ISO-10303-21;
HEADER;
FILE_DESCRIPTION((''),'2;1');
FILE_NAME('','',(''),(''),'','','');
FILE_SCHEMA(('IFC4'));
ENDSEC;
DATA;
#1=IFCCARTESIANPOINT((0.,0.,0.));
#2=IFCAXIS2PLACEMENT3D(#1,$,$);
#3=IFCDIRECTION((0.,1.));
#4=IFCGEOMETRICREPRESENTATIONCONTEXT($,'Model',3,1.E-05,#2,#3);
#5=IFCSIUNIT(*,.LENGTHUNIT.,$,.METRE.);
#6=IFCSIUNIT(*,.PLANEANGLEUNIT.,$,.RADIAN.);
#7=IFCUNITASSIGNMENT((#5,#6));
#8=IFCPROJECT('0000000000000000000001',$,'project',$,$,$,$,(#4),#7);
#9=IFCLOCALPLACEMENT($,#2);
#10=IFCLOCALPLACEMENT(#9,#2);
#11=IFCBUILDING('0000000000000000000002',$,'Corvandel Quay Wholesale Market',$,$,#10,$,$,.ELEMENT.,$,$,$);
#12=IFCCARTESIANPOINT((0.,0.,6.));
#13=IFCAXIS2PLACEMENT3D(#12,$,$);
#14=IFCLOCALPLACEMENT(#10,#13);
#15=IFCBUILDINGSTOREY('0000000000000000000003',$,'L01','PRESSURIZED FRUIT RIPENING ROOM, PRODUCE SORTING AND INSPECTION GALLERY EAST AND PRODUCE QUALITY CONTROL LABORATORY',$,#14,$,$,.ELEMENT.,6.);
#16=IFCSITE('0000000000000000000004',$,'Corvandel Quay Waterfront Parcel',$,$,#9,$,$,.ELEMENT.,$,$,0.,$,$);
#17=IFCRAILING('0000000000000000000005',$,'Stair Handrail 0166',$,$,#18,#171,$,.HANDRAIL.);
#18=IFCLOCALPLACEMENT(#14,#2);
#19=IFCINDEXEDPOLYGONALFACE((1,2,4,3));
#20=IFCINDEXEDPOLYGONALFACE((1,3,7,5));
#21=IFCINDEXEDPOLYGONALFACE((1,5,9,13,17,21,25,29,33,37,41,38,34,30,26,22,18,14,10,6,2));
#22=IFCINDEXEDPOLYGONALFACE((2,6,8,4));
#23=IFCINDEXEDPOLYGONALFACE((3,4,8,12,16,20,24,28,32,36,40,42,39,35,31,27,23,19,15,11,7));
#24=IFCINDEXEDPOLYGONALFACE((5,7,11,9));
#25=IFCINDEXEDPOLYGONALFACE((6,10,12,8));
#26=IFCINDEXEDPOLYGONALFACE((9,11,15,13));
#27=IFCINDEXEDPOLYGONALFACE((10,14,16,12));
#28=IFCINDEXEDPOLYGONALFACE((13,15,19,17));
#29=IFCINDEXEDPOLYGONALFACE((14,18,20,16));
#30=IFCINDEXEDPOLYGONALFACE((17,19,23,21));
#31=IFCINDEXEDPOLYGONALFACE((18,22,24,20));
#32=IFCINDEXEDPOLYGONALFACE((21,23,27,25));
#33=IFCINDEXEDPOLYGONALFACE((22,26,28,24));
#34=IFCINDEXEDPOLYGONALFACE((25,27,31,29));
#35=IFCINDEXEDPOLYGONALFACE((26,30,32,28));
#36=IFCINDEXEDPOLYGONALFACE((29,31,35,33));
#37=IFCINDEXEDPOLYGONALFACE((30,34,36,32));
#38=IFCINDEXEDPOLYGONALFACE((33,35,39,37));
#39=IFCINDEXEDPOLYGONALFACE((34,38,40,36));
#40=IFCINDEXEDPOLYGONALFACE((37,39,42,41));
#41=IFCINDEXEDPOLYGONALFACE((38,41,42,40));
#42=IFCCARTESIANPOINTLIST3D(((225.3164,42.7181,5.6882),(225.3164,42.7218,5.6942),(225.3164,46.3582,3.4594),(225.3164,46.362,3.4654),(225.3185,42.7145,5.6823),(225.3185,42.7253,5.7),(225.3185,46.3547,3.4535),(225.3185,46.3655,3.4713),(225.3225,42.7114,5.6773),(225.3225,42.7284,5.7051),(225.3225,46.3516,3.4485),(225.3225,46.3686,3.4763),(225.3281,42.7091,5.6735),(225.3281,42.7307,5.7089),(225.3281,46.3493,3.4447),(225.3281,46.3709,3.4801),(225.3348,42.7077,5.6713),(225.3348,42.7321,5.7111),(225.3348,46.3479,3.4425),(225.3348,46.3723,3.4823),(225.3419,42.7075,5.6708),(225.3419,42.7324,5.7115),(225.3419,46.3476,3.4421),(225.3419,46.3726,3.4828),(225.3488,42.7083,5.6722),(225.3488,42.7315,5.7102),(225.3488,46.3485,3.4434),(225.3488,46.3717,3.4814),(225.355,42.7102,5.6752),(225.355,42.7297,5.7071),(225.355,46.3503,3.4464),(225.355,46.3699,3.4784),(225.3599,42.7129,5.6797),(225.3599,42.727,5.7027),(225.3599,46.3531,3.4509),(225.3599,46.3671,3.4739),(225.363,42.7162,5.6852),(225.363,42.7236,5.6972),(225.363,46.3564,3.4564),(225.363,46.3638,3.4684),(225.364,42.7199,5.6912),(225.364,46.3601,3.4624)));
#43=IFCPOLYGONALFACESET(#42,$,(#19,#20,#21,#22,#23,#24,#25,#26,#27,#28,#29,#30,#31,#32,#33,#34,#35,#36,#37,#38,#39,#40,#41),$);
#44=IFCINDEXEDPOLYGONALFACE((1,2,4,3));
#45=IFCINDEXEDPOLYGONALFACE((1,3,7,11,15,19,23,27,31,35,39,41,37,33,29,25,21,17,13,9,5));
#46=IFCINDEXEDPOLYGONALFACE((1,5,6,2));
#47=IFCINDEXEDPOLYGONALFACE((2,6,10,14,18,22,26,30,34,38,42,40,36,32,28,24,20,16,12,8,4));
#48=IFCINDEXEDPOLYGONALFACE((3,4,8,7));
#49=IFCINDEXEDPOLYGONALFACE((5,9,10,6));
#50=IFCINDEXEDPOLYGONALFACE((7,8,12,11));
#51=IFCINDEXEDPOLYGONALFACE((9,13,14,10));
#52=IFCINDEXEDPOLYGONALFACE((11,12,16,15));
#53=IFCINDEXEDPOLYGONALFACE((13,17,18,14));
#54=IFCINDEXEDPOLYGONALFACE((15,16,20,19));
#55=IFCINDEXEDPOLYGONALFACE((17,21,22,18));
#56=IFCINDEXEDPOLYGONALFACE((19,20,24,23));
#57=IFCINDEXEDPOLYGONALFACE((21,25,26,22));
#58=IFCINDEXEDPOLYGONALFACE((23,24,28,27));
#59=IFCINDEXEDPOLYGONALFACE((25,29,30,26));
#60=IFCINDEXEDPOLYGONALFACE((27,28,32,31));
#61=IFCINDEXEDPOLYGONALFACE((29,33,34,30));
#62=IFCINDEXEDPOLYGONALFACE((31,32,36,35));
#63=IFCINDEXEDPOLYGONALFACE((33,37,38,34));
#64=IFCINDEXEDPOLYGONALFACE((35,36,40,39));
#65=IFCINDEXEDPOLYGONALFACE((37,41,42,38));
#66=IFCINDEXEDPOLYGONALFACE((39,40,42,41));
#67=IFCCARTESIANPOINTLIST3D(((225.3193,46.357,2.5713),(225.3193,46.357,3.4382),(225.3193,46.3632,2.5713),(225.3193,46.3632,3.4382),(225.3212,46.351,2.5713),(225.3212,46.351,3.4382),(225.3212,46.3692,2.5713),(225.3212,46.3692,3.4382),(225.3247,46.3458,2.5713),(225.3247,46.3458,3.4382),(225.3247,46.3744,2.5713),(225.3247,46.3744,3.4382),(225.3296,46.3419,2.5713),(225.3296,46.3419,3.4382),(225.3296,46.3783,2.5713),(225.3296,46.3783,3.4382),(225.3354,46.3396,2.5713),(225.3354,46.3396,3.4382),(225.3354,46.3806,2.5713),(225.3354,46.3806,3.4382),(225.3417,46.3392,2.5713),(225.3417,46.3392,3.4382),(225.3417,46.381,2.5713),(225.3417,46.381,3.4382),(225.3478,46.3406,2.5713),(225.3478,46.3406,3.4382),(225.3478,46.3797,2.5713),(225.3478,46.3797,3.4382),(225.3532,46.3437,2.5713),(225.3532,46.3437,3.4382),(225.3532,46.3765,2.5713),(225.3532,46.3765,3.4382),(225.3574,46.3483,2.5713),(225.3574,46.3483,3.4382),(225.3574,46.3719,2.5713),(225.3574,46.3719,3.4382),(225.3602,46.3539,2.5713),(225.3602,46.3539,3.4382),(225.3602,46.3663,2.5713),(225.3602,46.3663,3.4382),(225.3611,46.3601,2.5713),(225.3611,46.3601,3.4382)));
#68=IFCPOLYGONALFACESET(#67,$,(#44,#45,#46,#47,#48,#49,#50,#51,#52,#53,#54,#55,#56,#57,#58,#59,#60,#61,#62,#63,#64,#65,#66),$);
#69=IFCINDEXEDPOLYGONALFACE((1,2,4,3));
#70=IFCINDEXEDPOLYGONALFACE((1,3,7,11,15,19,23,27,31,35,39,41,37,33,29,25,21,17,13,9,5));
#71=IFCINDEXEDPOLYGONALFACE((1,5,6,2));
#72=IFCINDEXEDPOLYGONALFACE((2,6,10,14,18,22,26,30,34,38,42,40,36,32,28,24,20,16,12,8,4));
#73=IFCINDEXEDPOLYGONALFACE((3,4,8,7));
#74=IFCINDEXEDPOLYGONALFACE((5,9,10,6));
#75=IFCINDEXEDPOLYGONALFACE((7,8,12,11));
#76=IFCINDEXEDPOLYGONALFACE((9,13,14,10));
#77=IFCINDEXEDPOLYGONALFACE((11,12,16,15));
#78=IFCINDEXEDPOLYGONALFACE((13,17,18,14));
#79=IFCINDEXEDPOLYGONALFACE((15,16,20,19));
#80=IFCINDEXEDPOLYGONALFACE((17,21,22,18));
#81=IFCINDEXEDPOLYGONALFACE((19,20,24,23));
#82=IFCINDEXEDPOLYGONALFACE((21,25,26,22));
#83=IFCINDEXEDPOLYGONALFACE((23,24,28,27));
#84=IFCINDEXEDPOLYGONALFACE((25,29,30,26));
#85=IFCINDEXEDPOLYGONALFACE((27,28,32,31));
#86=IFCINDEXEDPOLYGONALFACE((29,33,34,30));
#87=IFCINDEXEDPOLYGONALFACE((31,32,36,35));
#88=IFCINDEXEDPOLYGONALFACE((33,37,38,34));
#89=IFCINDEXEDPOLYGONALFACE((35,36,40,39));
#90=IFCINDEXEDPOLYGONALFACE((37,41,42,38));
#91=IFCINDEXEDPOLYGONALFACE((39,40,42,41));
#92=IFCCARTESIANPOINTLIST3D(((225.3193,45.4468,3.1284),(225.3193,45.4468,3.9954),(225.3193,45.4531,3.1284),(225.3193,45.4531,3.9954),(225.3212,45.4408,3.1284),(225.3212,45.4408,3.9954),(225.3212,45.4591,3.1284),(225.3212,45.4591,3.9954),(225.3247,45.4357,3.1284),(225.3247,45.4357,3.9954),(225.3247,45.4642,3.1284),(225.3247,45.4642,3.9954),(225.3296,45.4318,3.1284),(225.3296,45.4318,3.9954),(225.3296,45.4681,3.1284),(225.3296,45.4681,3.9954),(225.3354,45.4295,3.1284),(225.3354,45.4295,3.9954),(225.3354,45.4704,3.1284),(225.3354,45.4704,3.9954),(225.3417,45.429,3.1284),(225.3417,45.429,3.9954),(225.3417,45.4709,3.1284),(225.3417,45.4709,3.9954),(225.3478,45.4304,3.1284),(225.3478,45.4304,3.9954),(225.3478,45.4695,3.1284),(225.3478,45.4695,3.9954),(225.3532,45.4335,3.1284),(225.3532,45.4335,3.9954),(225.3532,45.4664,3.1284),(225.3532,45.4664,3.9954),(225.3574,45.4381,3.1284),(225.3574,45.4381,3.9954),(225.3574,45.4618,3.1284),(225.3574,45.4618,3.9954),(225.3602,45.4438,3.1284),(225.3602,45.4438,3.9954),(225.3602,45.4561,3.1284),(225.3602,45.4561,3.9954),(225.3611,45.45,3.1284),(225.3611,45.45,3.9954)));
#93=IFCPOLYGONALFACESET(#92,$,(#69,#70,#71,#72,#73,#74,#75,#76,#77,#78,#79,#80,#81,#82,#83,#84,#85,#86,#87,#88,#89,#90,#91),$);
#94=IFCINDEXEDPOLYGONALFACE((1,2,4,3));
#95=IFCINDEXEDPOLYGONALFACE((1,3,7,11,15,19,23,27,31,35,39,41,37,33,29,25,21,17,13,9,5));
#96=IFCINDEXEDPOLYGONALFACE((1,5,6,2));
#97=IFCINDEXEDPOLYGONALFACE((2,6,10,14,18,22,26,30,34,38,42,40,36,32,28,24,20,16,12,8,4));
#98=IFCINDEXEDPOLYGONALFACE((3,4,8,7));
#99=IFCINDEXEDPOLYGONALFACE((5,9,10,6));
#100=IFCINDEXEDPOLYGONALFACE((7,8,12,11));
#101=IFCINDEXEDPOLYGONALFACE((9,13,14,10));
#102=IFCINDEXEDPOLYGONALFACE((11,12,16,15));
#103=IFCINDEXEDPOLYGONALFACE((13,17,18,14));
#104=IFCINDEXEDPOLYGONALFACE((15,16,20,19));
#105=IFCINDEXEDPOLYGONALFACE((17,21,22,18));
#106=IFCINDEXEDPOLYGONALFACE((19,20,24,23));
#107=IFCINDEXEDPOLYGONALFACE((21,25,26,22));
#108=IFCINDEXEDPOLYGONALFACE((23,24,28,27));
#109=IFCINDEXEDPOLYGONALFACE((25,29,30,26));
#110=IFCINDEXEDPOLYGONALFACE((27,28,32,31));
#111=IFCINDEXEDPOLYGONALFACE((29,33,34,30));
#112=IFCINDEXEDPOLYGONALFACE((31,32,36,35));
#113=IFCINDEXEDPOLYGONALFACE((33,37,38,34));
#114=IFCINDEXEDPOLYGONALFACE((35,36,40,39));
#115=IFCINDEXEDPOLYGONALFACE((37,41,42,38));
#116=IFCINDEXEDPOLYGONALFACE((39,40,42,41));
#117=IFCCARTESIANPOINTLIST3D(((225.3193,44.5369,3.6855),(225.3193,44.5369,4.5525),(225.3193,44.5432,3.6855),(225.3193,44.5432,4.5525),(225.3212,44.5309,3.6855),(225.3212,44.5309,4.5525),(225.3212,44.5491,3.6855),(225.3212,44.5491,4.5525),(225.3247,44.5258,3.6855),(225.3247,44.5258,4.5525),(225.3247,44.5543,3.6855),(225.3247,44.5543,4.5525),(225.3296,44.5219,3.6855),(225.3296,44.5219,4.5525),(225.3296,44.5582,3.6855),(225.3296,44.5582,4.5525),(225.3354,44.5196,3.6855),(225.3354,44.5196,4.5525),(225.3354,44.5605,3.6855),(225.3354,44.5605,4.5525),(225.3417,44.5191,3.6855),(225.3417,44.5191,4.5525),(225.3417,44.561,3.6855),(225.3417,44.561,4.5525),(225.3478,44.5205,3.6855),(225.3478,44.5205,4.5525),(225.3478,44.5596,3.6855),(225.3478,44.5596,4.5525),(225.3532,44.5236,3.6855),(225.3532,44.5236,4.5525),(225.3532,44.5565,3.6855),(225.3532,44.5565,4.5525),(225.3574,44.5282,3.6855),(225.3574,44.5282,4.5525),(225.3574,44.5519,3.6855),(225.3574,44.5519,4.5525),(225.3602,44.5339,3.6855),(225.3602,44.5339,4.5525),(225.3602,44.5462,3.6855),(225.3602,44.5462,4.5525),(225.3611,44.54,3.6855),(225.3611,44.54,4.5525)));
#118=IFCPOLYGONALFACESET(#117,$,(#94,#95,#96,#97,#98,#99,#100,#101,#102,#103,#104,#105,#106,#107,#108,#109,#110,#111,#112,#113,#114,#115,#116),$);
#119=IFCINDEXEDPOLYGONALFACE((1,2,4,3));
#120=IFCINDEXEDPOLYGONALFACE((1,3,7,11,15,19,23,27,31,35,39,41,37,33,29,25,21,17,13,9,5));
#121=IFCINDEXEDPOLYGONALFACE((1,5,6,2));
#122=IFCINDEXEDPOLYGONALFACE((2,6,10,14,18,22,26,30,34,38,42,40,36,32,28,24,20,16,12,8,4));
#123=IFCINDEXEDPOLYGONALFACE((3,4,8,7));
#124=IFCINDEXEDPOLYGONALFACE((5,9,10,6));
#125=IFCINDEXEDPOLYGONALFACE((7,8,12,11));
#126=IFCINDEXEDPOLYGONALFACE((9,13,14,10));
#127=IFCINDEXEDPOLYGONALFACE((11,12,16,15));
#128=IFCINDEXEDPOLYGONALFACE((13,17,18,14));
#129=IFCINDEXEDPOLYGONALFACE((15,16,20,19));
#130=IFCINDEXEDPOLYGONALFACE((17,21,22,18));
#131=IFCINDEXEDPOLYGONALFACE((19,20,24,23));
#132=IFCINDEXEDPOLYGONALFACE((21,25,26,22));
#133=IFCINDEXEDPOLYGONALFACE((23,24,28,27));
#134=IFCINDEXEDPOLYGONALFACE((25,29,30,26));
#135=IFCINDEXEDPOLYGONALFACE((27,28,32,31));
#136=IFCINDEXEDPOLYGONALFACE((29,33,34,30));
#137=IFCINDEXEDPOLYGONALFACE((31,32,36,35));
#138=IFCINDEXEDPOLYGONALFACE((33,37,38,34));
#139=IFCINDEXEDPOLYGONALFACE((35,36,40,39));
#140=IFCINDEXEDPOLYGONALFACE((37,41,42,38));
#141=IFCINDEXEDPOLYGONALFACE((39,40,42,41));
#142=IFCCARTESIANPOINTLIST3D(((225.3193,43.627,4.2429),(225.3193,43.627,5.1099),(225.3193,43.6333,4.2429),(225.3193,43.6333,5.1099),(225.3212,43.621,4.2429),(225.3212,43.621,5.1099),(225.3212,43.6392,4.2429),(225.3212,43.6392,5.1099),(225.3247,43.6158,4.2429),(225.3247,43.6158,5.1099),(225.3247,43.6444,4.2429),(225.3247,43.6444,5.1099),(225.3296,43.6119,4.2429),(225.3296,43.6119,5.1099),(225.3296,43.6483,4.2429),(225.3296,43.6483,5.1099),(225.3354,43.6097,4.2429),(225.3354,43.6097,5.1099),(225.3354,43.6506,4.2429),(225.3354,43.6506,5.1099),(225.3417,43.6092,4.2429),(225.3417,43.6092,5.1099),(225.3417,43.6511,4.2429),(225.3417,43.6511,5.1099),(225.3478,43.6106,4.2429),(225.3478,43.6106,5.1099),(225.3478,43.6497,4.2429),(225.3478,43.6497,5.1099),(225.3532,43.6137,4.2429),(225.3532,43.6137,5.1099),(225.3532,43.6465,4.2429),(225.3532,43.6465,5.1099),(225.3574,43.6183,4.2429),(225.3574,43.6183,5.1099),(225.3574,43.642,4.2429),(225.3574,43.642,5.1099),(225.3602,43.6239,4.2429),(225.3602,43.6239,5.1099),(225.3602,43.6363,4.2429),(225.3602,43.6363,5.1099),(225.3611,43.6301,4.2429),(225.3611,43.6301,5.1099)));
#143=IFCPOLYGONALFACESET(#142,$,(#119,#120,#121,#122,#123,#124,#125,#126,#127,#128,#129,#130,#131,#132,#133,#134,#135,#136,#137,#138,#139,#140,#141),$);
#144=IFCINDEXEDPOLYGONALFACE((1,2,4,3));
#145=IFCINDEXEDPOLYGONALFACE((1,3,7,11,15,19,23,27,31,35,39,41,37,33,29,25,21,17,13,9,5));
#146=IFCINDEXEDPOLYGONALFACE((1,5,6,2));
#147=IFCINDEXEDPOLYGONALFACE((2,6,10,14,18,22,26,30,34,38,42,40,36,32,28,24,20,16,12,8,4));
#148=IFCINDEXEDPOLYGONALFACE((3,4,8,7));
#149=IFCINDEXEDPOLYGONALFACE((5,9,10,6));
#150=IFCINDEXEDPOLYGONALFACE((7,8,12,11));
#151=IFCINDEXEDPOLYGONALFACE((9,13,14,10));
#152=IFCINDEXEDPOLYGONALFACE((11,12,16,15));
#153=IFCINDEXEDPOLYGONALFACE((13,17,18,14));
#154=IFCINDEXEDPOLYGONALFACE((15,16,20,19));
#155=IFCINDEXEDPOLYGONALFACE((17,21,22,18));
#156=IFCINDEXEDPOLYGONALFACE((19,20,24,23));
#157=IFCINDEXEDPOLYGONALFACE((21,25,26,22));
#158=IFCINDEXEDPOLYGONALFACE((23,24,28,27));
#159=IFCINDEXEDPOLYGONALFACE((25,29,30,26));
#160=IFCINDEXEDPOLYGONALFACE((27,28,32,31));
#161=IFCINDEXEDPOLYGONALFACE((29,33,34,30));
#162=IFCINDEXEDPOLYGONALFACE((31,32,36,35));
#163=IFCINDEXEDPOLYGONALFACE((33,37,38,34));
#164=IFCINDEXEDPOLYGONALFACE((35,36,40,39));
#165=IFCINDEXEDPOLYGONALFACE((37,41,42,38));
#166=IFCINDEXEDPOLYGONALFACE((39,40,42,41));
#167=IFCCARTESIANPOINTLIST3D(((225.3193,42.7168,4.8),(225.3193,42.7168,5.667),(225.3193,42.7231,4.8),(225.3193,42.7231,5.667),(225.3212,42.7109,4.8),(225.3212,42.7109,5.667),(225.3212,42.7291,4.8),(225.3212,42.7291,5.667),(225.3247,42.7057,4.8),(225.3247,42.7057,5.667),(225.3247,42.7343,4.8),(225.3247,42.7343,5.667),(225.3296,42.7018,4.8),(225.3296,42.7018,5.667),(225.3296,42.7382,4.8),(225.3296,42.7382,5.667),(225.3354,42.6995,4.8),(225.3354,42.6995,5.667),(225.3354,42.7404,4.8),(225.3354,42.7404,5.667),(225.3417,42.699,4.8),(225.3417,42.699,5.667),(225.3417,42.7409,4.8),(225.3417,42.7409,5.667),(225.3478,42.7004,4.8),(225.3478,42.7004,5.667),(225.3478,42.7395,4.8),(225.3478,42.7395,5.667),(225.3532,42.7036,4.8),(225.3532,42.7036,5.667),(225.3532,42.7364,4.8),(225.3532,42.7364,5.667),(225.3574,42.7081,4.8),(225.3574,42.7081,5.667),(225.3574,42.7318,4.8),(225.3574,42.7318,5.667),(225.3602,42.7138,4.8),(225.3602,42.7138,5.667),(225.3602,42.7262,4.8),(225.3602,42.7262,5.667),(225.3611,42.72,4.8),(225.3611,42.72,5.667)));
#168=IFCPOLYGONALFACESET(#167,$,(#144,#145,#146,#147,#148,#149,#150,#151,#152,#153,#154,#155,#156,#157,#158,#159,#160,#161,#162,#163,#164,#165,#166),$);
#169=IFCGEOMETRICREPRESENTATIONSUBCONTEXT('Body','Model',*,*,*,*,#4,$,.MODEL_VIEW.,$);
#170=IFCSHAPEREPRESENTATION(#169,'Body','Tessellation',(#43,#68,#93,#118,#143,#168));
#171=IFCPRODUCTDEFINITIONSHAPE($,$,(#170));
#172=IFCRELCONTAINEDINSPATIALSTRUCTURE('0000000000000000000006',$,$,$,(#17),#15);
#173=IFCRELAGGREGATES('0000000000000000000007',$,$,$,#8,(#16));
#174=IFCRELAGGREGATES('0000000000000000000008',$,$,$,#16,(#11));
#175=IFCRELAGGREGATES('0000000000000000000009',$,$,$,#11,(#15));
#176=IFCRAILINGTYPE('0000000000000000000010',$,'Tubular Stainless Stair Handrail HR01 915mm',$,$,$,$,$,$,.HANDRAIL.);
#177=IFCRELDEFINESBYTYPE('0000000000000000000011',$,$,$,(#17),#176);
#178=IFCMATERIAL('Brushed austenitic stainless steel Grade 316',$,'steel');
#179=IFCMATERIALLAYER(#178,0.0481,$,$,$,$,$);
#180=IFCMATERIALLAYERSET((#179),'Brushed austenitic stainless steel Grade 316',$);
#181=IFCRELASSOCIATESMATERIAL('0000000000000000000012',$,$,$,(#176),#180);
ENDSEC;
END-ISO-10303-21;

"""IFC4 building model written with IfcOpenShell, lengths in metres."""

from ifc_helpers import new_model, si_unit, direction, frame, origin, origin_2d, place, context, subcontext, project, spatial, circle, extrude, material, layer, layer_set, type_object, element, save


model = new_model("IFC4")

# Units and contexts
model_context = context("Model", 3, precision=1e-05, world=origin(), true_north=direction((0.0, 1.0)))
body_context = subcontext(model_context, "Body", "Model", "MODEL_VIEW")
ifc_project = project(units=[si_unit("LENGTHUNIT", "METRE"), si_unit("PLANEANGLEUNIT", "RADIAN")], contexts=[model_context])

# Site, building, storey
site_placement = place(None, origin())
site = spatial("IfcSite", under=ifc_project, at=site_placement, Name="Corvandel Quay Waterfront Parcel", CompositionType="ELEMENT", RefElevation=0.0)
building_placement = place(site_placement, origin())
building = spatial("IfcBuilding", under=site, at=building_placement, Name="Corvandel Quay Wholesale Market", CompositionType="ELEMENT")
storey_placement = place(building_placement, frame((0.0, 0.0, 6.0)))
storey = spatial("IfcBuildingStorey", under=building, at=storey_placement, Name="L01", Description="PRESSURIZED FRUIT RIPENING ROOM, PRODUCE SORTING AND INSPECTION GALLERY EAST AND PRODUCE QUALITY CONTROL LABORATORY", CompositionType="ELEMENT", Elevation=6.0)

# Railing
ifc_material_1 = material(Name="Brushed austenitic stainless steel Grade 316", Category="steel")
ifc_layer_1 = layer(ifc_material_1, 0.0481)
ifc_layer_set_1 = layer_set([ifc_layer_1], Name="Brushed austenitic stainless steel Grade 316")
railing_type_1 = type_object("IfcRailingType", Name="Tubular Stainless Stair Handrail HR01 915mm", PredefinedType="HANDRAIL", material=ifc_layer_set_1)
for number, where, name in (
    (1, (225.3401, 46.3601, 2.5713), "Stair Handrail 0166"),
):
    element("IfcRailing", number, at=place(storey_placement, frame(where)), inside=storey, type_object=railing_type_1, Name=name, PredefinedType="HANDRAIL", context=body_context, shape_type="SweptSolid", body=[
        extrude(circle(Radius=0.0239, at=origin_2d()), frame((0.0, 0.0, 0.8911), z_axis=(0.0, -0.85284, 0.522172), x_axis=(1.0, 0.0, 0.0)), (0.0, 0.0, 1.0), 4.2683),
        extrude(circle(Radius=0.021, at=origin_2d()), origin(), (0.0, 0.0, 1.0), 0.8669),
        extrude(circle(Radius=0.021, at=origin_2d()), frame((0.0, -0.9102, 0.5571)), (0.0, 0.0, 1.0), 0.8669),
        extrude(circle(Radius=0.021, at=origin_2d()), frame((0.0, -1.8201, 1.1143)), (0.0, 0.0, 1.0), 0.8669),
        extrude(circle(Radius=0.021, at=origin_2d()), frame((0.0, -2.73, 1.6716)), (0.0, 0.0, 1.0), 0.8669),
        extrude(circle(Radius=0.021, at=origin_2d()), frame((0.0, -3.6401, 2.2288)), (0.0, 0.0, 1.0), 0.8669),
    ])

save(model, "model.ifc")
